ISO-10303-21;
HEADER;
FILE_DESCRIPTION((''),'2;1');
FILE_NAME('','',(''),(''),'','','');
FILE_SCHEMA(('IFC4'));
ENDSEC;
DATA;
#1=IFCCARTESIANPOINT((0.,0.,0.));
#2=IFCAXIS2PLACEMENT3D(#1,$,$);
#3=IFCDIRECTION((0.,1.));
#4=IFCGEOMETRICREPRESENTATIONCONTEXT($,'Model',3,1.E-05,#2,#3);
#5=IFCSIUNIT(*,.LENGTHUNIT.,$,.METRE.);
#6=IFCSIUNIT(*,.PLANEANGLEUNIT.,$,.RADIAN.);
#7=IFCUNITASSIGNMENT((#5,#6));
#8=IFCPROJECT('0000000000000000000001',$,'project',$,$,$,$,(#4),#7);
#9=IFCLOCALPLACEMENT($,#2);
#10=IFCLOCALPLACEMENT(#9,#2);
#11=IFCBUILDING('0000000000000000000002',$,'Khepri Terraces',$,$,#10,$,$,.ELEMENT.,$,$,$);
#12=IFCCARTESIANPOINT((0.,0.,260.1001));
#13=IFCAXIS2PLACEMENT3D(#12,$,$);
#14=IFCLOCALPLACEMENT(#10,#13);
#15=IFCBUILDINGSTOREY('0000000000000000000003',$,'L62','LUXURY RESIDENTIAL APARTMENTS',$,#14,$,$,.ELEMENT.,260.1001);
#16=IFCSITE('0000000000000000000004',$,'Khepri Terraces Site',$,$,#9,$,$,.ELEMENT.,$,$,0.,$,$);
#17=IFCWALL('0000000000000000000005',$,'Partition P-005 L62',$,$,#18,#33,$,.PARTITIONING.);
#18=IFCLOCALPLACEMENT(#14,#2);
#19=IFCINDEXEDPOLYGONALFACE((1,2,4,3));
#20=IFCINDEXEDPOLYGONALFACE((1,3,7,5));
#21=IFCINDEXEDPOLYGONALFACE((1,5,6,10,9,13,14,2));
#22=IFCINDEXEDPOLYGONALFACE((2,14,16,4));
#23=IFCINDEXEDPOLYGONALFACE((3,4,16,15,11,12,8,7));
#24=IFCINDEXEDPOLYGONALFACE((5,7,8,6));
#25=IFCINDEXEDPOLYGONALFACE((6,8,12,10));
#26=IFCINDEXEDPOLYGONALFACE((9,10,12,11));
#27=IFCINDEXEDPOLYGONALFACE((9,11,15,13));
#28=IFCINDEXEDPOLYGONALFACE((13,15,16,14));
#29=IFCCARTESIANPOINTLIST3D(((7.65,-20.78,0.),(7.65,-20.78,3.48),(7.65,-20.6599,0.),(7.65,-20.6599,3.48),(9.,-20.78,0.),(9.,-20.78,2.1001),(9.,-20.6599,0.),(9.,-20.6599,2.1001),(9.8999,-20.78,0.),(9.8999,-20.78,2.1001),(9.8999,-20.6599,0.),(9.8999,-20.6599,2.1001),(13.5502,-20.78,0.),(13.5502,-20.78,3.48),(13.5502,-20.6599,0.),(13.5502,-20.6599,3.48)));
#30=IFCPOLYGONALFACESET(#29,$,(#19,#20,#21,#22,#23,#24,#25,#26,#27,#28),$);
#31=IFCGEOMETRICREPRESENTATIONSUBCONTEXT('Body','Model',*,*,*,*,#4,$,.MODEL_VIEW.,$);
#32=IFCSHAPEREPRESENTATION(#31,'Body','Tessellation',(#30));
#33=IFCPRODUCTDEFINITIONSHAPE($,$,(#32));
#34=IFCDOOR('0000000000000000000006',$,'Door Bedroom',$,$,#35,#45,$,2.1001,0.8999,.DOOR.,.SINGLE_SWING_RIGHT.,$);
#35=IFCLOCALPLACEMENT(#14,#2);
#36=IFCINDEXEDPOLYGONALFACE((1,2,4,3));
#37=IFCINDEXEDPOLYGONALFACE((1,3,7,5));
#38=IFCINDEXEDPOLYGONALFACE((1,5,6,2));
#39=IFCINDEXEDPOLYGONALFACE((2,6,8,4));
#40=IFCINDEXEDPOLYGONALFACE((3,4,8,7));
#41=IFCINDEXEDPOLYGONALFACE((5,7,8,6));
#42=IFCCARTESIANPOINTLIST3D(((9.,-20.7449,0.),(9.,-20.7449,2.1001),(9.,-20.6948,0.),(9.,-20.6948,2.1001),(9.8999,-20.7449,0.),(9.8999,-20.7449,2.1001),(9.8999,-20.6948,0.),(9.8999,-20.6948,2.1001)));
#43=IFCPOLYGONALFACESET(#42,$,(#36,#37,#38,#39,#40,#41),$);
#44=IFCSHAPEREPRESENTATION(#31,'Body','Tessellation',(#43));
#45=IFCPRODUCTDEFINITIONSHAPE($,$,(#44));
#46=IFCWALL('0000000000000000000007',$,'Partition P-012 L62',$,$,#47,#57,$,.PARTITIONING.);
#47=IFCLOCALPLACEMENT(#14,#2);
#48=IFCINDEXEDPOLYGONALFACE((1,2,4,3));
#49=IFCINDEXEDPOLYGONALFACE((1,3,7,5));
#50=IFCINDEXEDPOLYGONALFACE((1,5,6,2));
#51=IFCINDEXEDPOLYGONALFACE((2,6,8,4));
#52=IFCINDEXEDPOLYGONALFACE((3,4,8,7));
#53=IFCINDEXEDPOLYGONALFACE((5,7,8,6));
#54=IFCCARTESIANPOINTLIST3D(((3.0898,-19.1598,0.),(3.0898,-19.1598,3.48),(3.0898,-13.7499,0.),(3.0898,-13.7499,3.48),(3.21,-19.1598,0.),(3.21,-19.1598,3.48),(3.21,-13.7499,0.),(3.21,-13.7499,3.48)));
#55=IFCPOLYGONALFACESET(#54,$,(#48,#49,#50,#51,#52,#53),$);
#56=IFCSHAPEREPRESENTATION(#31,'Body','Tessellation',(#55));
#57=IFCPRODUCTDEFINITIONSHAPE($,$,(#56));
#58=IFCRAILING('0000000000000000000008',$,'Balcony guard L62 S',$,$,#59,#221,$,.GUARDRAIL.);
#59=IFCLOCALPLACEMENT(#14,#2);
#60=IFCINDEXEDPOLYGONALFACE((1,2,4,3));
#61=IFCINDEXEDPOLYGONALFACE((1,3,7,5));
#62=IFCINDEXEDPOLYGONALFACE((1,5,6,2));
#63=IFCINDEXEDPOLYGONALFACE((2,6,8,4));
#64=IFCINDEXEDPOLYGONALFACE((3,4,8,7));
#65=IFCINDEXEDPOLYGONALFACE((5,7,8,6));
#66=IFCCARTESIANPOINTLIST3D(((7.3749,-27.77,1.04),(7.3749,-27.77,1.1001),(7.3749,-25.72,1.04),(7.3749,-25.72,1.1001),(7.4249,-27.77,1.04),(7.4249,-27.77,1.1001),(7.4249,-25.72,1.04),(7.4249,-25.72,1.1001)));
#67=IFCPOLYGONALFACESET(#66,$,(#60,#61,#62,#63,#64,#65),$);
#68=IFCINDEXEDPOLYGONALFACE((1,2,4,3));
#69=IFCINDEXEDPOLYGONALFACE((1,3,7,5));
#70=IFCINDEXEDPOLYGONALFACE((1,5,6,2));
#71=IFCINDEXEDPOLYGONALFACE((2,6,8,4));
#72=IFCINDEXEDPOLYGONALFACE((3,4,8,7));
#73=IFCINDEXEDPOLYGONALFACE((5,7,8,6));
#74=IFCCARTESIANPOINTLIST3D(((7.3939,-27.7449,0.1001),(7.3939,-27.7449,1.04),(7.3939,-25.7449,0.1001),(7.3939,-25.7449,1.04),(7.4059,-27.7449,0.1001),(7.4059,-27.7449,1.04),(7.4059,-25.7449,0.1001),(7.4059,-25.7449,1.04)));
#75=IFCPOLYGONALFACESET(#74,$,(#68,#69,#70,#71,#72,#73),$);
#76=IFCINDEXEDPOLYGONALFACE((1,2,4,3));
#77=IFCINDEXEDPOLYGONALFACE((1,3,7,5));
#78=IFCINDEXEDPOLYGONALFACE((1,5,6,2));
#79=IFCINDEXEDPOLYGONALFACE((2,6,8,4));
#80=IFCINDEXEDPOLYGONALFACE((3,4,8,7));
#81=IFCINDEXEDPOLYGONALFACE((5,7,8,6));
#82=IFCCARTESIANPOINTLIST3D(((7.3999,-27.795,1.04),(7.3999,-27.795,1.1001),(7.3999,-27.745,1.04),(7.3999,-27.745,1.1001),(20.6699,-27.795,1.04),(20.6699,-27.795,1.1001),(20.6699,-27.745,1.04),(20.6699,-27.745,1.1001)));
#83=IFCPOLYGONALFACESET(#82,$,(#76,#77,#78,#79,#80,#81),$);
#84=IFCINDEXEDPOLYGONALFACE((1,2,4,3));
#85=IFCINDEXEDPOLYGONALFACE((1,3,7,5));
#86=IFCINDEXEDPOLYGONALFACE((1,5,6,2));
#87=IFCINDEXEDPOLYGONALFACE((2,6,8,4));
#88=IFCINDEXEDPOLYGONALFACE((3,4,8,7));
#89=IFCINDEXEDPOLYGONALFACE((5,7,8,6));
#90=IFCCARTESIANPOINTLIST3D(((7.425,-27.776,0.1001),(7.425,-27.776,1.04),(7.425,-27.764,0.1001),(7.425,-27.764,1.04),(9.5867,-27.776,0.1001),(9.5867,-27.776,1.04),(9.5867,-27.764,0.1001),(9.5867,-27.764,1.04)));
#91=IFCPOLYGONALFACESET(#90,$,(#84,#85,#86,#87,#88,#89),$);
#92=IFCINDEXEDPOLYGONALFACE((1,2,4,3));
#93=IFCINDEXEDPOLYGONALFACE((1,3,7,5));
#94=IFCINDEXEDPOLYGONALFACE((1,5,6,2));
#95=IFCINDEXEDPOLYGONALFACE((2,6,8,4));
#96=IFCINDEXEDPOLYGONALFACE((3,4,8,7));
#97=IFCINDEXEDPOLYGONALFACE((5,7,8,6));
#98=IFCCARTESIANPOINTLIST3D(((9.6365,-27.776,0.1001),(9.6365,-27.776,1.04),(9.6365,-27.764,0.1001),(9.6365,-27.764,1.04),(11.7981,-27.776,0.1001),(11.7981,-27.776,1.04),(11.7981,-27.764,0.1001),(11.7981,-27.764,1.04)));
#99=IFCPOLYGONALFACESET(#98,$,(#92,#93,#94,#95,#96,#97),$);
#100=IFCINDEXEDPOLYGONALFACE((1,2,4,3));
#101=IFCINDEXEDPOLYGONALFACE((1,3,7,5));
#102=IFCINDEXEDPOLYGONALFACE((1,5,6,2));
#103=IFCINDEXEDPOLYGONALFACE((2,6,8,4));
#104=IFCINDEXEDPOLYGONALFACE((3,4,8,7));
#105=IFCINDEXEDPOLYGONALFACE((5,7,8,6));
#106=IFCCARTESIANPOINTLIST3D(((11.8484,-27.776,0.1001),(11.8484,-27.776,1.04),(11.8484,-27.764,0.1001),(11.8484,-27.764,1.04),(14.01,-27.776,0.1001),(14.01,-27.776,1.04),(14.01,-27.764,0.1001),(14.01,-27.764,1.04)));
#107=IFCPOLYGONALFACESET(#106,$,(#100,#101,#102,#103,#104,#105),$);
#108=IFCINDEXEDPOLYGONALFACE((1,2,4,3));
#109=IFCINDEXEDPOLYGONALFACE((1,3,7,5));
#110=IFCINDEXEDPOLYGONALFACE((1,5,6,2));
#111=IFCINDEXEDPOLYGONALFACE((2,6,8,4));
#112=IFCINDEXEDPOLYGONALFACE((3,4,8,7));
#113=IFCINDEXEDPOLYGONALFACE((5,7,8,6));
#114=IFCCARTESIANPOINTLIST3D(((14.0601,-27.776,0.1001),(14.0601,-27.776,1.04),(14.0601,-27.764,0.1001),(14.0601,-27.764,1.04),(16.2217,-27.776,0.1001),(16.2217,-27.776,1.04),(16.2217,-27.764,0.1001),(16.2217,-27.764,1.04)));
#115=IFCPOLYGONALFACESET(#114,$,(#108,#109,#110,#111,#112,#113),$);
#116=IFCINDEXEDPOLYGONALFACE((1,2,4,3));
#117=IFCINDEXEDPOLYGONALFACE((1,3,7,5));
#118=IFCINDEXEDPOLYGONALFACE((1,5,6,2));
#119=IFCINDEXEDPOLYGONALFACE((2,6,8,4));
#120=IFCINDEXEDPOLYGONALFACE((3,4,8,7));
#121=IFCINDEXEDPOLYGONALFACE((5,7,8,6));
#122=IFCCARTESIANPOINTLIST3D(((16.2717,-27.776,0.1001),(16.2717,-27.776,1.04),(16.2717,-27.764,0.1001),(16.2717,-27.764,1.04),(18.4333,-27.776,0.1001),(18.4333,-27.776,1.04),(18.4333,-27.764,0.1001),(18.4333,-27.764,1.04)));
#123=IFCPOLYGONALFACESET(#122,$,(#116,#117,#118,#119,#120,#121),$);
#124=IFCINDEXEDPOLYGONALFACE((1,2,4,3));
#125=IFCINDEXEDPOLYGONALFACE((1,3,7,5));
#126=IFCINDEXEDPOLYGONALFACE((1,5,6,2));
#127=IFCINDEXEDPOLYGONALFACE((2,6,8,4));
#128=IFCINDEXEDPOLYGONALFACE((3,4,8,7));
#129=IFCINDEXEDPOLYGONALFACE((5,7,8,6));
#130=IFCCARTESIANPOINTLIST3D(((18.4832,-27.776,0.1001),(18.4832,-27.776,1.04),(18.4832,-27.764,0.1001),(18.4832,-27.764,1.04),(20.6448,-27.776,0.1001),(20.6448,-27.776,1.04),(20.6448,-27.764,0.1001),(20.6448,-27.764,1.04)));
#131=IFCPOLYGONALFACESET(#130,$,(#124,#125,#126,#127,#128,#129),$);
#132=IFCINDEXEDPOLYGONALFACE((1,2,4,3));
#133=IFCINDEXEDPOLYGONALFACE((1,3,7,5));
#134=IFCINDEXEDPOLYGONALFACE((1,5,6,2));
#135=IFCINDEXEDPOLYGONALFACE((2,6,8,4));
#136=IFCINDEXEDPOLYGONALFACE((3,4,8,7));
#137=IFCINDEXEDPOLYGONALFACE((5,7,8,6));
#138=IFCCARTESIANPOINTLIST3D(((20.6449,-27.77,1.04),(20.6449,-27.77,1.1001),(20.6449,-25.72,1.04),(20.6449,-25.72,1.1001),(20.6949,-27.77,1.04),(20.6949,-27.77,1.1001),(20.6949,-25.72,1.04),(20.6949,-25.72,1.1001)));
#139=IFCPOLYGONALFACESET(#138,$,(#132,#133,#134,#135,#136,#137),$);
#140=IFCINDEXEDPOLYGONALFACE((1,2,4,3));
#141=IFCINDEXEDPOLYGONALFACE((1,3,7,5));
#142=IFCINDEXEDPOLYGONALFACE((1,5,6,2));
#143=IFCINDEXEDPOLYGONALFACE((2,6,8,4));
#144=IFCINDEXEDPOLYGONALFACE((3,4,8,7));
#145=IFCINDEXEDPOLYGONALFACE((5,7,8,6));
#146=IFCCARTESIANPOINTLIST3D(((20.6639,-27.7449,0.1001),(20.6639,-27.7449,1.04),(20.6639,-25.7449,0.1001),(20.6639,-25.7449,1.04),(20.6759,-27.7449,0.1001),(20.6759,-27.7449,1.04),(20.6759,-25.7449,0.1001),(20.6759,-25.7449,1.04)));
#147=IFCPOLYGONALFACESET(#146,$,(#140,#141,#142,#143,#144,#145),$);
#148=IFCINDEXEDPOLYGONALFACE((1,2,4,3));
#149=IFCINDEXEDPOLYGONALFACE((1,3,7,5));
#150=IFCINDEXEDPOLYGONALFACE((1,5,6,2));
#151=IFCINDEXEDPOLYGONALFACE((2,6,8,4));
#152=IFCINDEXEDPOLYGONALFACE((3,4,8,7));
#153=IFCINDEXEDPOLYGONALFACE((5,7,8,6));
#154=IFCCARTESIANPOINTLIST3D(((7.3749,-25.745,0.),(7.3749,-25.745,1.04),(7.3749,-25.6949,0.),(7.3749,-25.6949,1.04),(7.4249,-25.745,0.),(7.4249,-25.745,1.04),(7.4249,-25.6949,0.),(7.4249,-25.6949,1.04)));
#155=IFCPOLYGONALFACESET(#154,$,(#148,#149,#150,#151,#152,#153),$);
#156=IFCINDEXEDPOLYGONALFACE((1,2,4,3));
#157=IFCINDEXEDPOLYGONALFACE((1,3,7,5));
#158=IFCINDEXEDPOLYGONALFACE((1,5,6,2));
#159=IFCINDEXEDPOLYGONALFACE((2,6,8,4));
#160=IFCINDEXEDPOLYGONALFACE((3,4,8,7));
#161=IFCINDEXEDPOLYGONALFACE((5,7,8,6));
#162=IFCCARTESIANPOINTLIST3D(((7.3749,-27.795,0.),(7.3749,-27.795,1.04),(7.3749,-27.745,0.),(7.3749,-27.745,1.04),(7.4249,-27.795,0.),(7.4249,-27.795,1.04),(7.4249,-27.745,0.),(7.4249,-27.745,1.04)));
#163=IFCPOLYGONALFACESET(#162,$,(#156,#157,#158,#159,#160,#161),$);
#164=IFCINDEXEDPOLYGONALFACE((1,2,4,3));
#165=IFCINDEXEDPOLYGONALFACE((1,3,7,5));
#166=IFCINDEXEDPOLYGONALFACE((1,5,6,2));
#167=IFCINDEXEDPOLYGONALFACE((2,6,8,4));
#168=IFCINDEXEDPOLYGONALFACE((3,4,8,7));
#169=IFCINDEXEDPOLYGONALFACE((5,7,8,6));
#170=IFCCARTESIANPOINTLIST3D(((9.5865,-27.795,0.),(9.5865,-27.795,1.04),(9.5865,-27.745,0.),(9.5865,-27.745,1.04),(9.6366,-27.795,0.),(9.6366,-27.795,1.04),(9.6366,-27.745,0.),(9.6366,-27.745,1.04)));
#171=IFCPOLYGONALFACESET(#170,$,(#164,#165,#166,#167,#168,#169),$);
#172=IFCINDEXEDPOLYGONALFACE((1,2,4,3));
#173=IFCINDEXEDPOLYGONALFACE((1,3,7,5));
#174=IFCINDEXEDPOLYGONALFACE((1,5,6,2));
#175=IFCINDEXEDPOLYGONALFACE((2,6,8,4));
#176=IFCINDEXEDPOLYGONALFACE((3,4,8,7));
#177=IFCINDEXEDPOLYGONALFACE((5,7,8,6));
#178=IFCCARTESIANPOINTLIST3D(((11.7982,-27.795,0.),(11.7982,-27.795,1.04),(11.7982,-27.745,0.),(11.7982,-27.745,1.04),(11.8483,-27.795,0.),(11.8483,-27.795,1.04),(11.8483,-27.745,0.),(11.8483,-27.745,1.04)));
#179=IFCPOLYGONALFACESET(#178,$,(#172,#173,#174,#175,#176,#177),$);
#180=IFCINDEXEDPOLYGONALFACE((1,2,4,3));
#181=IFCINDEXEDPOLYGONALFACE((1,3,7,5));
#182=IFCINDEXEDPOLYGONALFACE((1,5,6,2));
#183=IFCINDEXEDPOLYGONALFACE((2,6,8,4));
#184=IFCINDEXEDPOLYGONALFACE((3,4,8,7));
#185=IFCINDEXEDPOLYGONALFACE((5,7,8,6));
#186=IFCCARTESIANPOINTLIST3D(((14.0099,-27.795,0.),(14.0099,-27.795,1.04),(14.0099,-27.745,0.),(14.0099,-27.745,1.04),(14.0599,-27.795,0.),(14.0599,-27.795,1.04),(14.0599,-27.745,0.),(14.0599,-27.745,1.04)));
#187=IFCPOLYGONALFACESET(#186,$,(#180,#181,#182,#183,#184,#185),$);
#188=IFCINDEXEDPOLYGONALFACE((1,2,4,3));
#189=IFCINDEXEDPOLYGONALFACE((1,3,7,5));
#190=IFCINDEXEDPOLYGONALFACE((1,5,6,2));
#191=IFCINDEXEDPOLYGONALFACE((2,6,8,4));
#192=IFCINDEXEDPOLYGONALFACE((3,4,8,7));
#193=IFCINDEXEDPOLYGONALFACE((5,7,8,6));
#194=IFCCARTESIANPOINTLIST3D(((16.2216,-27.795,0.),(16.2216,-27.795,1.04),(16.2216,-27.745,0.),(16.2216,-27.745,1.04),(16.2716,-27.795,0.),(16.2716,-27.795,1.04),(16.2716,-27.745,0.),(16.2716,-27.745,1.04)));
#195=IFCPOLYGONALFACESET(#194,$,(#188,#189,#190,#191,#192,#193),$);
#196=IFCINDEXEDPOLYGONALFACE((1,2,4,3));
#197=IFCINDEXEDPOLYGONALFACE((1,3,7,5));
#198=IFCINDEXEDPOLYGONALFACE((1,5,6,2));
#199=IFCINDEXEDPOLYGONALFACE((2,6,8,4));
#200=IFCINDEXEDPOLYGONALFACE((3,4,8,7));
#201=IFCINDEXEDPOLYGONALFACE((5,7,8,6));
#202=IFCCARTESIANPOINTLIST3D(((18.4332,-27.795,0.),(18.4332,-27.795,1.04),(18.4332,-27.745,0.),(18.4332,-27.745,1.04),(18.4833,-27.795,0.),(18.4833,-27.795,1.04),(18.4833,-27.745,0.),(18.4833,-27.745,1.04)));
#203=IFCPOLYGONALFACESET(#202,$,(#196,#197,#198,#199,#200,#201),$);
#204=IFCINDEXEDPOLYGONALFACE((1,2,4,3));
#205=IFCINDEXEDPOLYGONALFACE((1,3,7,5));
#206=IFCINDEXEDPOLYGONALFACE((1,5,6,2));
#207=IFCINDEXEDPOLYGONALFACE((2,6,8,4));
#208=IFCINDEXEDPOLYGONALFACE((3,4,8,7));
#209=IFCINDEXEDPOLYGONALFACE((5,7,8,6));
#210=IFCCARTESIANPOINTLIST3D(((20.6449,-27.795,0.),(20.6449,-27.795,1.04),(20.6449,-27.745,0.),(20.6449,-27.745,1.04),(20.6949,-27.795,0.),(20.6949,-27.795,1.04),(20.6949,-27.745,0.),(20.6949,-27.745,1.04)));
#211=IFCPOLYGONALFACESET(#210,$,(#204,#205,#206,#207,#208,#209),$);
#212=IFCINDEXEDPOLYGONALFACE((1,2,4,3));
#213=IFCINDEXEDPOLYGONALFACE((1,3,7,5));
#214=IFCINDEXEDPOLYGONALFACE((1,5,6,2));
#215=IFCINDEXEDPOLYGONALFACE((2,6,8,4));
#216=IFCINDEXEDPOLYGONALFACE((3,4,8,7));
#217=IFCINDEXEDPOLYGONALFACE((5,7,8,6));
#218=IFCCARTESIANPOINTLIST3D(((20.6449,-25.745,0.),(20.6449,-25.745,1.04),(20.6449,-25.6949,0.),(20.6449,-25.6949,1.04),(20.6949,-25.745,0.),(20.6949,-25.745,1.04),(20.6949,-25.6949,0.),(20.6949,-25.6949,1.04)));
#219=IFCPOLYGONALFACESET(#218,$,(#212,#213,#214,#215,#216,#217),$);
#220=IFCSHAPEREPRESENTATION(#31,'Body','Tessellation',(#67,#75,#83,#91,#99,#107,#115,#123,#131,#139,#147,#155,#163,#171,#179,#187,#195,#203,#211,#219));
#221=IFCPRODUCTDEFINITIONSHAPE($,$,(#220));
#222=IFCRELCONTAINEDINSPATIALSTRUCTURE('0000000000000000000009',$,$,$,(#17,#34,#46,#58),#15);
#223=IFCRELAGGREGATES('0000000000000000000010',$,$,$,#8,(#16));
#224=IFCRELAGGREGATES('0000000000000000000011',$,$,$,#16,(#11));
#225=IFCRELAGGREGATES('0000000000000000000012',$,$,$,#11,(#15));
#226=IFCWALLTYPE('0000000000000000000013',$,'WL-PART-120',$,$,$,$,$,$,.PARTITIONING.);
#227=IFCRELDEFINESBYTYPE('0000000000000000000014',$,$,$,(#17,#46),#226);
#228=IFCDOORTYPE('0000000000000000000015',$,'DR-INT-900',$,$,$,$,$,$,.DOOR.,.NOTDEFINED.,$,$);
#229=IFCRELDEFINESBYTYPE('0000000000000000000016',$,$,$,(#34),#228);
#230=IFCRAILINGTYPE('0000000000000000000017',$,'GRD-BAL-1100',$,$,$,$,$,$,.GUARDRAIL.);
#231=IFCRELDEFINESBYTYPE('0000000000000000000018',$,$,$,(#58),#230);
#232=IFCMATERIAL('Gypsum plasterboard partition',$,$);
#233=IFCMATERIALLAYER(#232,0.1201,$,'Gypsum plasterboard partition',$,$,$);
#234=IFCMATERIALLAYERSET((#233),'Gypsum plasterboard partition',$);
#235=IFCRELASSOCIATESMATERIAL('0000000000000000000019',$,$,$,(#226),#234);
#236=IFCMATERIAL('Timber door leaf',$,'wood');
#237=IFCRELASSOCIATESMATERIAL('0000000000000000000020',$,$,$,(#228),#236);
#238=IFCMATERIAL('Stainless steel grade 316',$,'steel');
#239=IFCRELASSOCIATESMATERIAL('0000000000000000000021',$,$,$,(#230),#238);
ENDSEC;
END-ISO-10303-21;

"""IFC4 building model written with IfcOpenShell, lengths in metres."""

from ifc_helpers import new_model, si_unit, direction, frame, frame_2d, origin, origin_2d, place, context, subcontext, project, spatial, rectangle, extrude, material, layer, layer_set, type_object, element, fill, save


model = new_model("IFC4")

# Units and contexts
model_context = context("Model", 3, precision=1e-05, world=origin(), true_north=direction((0.0, 1.0)))
body_context = subcontext(model_context, "Body", "Model", "MODEL_VIEW")
ifc_project = project(units=[si_unit("LENGTHUNIT", "METRE"), si_unit("PLANEANGLEUNIT", "RADIAN")], contexts=[model_context])

# Site, building, storey
site_placement = place(None, origin())
site = spatial("IfcSite", under=ifc_project, at=site_placement, Name="Khepri Terraces Site", CompositionType="ELEMENT", RefElevation=0.0)
building_placement = place(site_placement, origin())
building = spatial("IfcBuilding", under=site, at=building_placement, Name="Khepri Terraces", CompositionType="ELEMENT")
storey_placement = place(building_placement, frame((0.0, 0.0, 260.1001)))
storey = spatial("IfcBuildingStorey", under=building, at=storey_placement, Name="L62", Description="LUXURY RESIDENTIAL APARTMENTS", CompositionType="ELEMENT", Elevation=260.1001)

# Wall, opening, door
ifc_material_1 = material(Name="Gypsum plasterboard partition")
ifc_layer_1 = layer(ifc_material_1, 0.1201, Name="Gypsum plasterboard partition")
ifc_layer_set_1 = layer_set([ifc_layer_1], Name="Gypsum plasterboard partition")
wall_type_1 = type_object("IfcWallType", Name="WL-PART-120", PredefinedType="PARTITIONING", material=ifc_layer_set_1)
wall_1_placement = place(storey_placement, frame((7.6499, -20.72, 0.0), z_axis=(0.0, 0.0, 1.0), x_axis=(1.0, 0.0, 0.0)))
wall_1 = element("IfcWall", 1, at=wall_1_placement, inside=storey, type_object=wall_type_1, Name="Partition P-005 L62", PredefinedType="PARTITIONING", context=body_context, shape_type="SweptSolid", body=[
    extrude(rectangle(XDim=5.9001, YDim=0.1201, at=frame_2d((2.9502, 0.0))), origin(), (0.0, 0.0, 1.0), 3.48),
])
opening_1_placement = place(wall_1_placement, frame((1.3501, 0.0, 0.0)))
opening_1 = element("IfcOpeningElement", 2, at=opening_1_placement, cuts=wall_1, PredefinedType="OPENING", context=body_context, shape_type="SweptSolid", body=[
    extrude(rectangle(XDim=0.8999, YDim=2.1001, at=frame_2d((0.45, 1.05))), frame((0.0, 0.0701, 0.0), z_axis=(0.0, -1.0, 0.0), x_axis=(1.0, 0.0, 0.0)), (0.0, 0.0, 1.0), 0.1401),
])
ifc_material_2 = material(Name="Timber door leaf", Category="wood")
door_type_1 = type_object("IfcDoorType", Name="DR-INT-900", OperationType="NOTDEFINED", PredefinedType="DOOR", material=ifc_material_2)
door_1_placement = place(opening_1_placement, frame((0.8999, 0.0, 0.0), z_axis=(0.0, 0.0, 1.0), x_axis=(-1.0, 0.0, 0.0)))
door_1 = element("IfcDoor", 3, at=door_1_placement, inside=storey, type_object=door_type_1, Name="Door Bedroom", OperationType="SINGLE_SWING_RIGHT", OverallHeight=2.1001, OverallWidth=0.8999, PredefinedType="DOOR", context=body_context, shape_type="SweptSolid", body=[
    extrude(rectangle(XDim=0.8999, YDim=2.1001, at=frame_2d((0.45, 1.05))), frame((0.0, 0.0249, 0.0), z_axis=(0.0, -1.0, 0.0), x_axis=(1.0, 0.0, 0.0)), (0.0, 0.0, 1.0), 0.05),
])
fill(opening_1, door_1)

# Wall
wall_2_placement = place(storey_placement, frame((3.1499, -19.1599, 0.0), z_axis=(0.0, 0.0, 1.0), x_axis=(0.0, 1.0, 0.0)))
element("IfcWall", 4, at=wall_2_placement, inside=storey, type_object=wall_type_1, Name="Partition P-012 L62", PredefinedType="PARTITIONING", context=body_context, shape_type="SweptSolid", body=[
    extrude(rectangle(XDim=5.4099, YDim=0.1201, at=frame_2d((2.7051, 0.0))), origin(), (0.0, 0.0, 1.0), 3.48),
])

# Railing
ifc_material_3 = material(Name="Stainless steel grade 316", Category="steel")
railing_type = type_object("IfcRailingType", Name="GRD-BAL-1100", PredefinedType="GUARDRAIL", material=ifc_material_3)
railing_placement = place(storey_placement, frame((7.3999, -25.72, 0.0)))
element("IfcRailing", 5, at=railing_placement, inside=storey, type_object=railing_type, Name="Balcony guard L62 S", PredefinedType="GUARDRAIL", context=body_context, shape_type="SweptSolid", body=[
    extrude(rectangle(XDim=0.05, YDim=0.0601, at=origin_2d()), frame((0.0, 0.0, 1.0701), z_axis=(0.0, -1.0, 0.0), x_axis=(1.0, 0.0, 0.0)), (0.0, 0.0, 1.0), 2.05),
    extrude(rectangle(XDim=2.0, YDim=0.012, at=origin_2d()), frame((0.0, -1.0249, 0.1001), z_axis=(0.0, 0.0, 1.0), x_axis=(0.0, -1.0, 0.0)), (0.0, 0.0, 1.0), 0.9399),
    extrude(rectangle(XDim=0.05, YDim=0.0601, at=origin_2d()), frame((0.0, -2.05, 1.0701), z_axis=(1.0, 0.0, 0.0), x_axis=(0.0, 1.0, 0.0)), (0.0, 0.0, 1.0), 13.27),
    extrude(rectangle(XDim=2.1616, YDim=0.012, at=origin_2d()), frame((1.106, -2.05, 0.1001), z_axis=(0.0, 0.0, 1.0), x_axis=(1.0, 0.0, 0.0)), (0.0, 0.0, 1.0), 0.9399),
    extrude(rectangle(XDim=2.1616, YDim=0.012, at=origin_2d()), frame((3.3174, -2.05, 0.1001), z_axis=(0.0, 0.0, 1.0), x_axis=(1.0, 0.0, 0.0)), (0.0, 0.0, 1.0), 0.9399),
    extrude(rectangle(XDim=2.1616, YDim=0.012, at=origin_2d()), frame((5.5293, -2.05, 0.1001), z_axis=(0.0, 0.0, 1.0), x_axis=(1.0, 0.0, 0.0)), (0.0, 0.0, 1.0), 0.9399),
    extrude(rectangle(XDim=2.1616, YDim=0.012, at=origin_2d()), frame((7.741, -2.05, 0.1001), z_axis=(0.0, 0.0, 1.0), x_axis=(1.0, 0.0, 0.0)), (0.0, 0.0, 1.0), 0.9399),
    extrude(rectangle(XDim=2.1616, YDim=0.012, at=origin_2d()), frame((9.9526, -2.05, 0.1001), z_axis=(0.0, 0.0, 1.0), x_axis=(1.0, 0.0, 0.0)), (0.0, 0.0, 1.0), 0.9399),
    extrude(rectangle(XDim=2.1616, YDim=0.012, at=origin_2d()), frame((12.1641, -2.05, 0.1001), z_axis=(0.0, 0.0, 1.0), x_axis=(1.0, 0.0, 0.0)), (0.0, 0.0, 1.0), 0.9399),
    extrude(rectangle(XDim=0.05, YDim=0.0601, at=origin_2d()), frame((13.27, -2.05, 1.0701), z_axis=(0.0, 1.0, 0.0), x_axis=(-1.0, 0.0, 0.0)), (0.0, 0.0, 1.0), 2.05),
    extrude(rectangle(XDim=2.0, YDim=0.012, at=origin_2d()), frame((13.27, -1.0249, 0.1001), z_axis=(0.0, 0.0, 1.0), x_axis=(0.0, 1.0, 0.0)), (0.0, 0.0, 1.0), 0.9399),
    extrude(rectangle(XDim=0.05, YDim=0.05, at=origin_2d()), origin(), (0.0, 0.0, 1.0), 1.04),
    extrude(rectangle(XDim=0.05, YDim=0.05, at=origin_2d()), frame((0.0, -2.05, 0.0)), (0.0, 0.0, 1.0), 1.04),
    extrude(rectangle(XDim=0.05, YDim=0.05, at=origin_2d()), frame((2.2117, -2.05, 0.0)), (0.0, 0.0, 1.0), 1.04),
    extrude(rectangle(XDim=0.05, YDim=0.05, at=origin_2d()), frame((4.4233, -2.05, 0.0)), (0.0, 0.0, 1.0), 1.04),
    extrude(rectangle(XDim=0.05, YDim=0.05, at=origin_2d()), frame((6.635, -2.05, 0.0)), (0.0, 0.0, 1.0), 1.04),
    extrude(rectangle(XDim=0.05, YDim=0.05, at=origin_2d()), frame((8.8467, -2.05, 0.0)), (0.0, 0.0, 1.0), 1.04),
    extrude(rectangle(XDim=0.05, YDim=0.05, at=origin_2d()), frame((11.0583, -2.05, 0.0)), (0.0, 0.0, 1.0), 1.04),
    extrude(rectangle(XDim=0.05, YDim=0.05, at=origin_2d()), frame((13.27, -2.05, 0.0)), (0.0, 0.0, 1.0), 1.04),
    extrude(rectangle(XDim=0.05, YDim=0.05, at=origin_2d()), frame((13.27, 0.0, 0.0)), (0.0, 0.0, 1.0), 1.04),
])

save(model, "model.ifc")
